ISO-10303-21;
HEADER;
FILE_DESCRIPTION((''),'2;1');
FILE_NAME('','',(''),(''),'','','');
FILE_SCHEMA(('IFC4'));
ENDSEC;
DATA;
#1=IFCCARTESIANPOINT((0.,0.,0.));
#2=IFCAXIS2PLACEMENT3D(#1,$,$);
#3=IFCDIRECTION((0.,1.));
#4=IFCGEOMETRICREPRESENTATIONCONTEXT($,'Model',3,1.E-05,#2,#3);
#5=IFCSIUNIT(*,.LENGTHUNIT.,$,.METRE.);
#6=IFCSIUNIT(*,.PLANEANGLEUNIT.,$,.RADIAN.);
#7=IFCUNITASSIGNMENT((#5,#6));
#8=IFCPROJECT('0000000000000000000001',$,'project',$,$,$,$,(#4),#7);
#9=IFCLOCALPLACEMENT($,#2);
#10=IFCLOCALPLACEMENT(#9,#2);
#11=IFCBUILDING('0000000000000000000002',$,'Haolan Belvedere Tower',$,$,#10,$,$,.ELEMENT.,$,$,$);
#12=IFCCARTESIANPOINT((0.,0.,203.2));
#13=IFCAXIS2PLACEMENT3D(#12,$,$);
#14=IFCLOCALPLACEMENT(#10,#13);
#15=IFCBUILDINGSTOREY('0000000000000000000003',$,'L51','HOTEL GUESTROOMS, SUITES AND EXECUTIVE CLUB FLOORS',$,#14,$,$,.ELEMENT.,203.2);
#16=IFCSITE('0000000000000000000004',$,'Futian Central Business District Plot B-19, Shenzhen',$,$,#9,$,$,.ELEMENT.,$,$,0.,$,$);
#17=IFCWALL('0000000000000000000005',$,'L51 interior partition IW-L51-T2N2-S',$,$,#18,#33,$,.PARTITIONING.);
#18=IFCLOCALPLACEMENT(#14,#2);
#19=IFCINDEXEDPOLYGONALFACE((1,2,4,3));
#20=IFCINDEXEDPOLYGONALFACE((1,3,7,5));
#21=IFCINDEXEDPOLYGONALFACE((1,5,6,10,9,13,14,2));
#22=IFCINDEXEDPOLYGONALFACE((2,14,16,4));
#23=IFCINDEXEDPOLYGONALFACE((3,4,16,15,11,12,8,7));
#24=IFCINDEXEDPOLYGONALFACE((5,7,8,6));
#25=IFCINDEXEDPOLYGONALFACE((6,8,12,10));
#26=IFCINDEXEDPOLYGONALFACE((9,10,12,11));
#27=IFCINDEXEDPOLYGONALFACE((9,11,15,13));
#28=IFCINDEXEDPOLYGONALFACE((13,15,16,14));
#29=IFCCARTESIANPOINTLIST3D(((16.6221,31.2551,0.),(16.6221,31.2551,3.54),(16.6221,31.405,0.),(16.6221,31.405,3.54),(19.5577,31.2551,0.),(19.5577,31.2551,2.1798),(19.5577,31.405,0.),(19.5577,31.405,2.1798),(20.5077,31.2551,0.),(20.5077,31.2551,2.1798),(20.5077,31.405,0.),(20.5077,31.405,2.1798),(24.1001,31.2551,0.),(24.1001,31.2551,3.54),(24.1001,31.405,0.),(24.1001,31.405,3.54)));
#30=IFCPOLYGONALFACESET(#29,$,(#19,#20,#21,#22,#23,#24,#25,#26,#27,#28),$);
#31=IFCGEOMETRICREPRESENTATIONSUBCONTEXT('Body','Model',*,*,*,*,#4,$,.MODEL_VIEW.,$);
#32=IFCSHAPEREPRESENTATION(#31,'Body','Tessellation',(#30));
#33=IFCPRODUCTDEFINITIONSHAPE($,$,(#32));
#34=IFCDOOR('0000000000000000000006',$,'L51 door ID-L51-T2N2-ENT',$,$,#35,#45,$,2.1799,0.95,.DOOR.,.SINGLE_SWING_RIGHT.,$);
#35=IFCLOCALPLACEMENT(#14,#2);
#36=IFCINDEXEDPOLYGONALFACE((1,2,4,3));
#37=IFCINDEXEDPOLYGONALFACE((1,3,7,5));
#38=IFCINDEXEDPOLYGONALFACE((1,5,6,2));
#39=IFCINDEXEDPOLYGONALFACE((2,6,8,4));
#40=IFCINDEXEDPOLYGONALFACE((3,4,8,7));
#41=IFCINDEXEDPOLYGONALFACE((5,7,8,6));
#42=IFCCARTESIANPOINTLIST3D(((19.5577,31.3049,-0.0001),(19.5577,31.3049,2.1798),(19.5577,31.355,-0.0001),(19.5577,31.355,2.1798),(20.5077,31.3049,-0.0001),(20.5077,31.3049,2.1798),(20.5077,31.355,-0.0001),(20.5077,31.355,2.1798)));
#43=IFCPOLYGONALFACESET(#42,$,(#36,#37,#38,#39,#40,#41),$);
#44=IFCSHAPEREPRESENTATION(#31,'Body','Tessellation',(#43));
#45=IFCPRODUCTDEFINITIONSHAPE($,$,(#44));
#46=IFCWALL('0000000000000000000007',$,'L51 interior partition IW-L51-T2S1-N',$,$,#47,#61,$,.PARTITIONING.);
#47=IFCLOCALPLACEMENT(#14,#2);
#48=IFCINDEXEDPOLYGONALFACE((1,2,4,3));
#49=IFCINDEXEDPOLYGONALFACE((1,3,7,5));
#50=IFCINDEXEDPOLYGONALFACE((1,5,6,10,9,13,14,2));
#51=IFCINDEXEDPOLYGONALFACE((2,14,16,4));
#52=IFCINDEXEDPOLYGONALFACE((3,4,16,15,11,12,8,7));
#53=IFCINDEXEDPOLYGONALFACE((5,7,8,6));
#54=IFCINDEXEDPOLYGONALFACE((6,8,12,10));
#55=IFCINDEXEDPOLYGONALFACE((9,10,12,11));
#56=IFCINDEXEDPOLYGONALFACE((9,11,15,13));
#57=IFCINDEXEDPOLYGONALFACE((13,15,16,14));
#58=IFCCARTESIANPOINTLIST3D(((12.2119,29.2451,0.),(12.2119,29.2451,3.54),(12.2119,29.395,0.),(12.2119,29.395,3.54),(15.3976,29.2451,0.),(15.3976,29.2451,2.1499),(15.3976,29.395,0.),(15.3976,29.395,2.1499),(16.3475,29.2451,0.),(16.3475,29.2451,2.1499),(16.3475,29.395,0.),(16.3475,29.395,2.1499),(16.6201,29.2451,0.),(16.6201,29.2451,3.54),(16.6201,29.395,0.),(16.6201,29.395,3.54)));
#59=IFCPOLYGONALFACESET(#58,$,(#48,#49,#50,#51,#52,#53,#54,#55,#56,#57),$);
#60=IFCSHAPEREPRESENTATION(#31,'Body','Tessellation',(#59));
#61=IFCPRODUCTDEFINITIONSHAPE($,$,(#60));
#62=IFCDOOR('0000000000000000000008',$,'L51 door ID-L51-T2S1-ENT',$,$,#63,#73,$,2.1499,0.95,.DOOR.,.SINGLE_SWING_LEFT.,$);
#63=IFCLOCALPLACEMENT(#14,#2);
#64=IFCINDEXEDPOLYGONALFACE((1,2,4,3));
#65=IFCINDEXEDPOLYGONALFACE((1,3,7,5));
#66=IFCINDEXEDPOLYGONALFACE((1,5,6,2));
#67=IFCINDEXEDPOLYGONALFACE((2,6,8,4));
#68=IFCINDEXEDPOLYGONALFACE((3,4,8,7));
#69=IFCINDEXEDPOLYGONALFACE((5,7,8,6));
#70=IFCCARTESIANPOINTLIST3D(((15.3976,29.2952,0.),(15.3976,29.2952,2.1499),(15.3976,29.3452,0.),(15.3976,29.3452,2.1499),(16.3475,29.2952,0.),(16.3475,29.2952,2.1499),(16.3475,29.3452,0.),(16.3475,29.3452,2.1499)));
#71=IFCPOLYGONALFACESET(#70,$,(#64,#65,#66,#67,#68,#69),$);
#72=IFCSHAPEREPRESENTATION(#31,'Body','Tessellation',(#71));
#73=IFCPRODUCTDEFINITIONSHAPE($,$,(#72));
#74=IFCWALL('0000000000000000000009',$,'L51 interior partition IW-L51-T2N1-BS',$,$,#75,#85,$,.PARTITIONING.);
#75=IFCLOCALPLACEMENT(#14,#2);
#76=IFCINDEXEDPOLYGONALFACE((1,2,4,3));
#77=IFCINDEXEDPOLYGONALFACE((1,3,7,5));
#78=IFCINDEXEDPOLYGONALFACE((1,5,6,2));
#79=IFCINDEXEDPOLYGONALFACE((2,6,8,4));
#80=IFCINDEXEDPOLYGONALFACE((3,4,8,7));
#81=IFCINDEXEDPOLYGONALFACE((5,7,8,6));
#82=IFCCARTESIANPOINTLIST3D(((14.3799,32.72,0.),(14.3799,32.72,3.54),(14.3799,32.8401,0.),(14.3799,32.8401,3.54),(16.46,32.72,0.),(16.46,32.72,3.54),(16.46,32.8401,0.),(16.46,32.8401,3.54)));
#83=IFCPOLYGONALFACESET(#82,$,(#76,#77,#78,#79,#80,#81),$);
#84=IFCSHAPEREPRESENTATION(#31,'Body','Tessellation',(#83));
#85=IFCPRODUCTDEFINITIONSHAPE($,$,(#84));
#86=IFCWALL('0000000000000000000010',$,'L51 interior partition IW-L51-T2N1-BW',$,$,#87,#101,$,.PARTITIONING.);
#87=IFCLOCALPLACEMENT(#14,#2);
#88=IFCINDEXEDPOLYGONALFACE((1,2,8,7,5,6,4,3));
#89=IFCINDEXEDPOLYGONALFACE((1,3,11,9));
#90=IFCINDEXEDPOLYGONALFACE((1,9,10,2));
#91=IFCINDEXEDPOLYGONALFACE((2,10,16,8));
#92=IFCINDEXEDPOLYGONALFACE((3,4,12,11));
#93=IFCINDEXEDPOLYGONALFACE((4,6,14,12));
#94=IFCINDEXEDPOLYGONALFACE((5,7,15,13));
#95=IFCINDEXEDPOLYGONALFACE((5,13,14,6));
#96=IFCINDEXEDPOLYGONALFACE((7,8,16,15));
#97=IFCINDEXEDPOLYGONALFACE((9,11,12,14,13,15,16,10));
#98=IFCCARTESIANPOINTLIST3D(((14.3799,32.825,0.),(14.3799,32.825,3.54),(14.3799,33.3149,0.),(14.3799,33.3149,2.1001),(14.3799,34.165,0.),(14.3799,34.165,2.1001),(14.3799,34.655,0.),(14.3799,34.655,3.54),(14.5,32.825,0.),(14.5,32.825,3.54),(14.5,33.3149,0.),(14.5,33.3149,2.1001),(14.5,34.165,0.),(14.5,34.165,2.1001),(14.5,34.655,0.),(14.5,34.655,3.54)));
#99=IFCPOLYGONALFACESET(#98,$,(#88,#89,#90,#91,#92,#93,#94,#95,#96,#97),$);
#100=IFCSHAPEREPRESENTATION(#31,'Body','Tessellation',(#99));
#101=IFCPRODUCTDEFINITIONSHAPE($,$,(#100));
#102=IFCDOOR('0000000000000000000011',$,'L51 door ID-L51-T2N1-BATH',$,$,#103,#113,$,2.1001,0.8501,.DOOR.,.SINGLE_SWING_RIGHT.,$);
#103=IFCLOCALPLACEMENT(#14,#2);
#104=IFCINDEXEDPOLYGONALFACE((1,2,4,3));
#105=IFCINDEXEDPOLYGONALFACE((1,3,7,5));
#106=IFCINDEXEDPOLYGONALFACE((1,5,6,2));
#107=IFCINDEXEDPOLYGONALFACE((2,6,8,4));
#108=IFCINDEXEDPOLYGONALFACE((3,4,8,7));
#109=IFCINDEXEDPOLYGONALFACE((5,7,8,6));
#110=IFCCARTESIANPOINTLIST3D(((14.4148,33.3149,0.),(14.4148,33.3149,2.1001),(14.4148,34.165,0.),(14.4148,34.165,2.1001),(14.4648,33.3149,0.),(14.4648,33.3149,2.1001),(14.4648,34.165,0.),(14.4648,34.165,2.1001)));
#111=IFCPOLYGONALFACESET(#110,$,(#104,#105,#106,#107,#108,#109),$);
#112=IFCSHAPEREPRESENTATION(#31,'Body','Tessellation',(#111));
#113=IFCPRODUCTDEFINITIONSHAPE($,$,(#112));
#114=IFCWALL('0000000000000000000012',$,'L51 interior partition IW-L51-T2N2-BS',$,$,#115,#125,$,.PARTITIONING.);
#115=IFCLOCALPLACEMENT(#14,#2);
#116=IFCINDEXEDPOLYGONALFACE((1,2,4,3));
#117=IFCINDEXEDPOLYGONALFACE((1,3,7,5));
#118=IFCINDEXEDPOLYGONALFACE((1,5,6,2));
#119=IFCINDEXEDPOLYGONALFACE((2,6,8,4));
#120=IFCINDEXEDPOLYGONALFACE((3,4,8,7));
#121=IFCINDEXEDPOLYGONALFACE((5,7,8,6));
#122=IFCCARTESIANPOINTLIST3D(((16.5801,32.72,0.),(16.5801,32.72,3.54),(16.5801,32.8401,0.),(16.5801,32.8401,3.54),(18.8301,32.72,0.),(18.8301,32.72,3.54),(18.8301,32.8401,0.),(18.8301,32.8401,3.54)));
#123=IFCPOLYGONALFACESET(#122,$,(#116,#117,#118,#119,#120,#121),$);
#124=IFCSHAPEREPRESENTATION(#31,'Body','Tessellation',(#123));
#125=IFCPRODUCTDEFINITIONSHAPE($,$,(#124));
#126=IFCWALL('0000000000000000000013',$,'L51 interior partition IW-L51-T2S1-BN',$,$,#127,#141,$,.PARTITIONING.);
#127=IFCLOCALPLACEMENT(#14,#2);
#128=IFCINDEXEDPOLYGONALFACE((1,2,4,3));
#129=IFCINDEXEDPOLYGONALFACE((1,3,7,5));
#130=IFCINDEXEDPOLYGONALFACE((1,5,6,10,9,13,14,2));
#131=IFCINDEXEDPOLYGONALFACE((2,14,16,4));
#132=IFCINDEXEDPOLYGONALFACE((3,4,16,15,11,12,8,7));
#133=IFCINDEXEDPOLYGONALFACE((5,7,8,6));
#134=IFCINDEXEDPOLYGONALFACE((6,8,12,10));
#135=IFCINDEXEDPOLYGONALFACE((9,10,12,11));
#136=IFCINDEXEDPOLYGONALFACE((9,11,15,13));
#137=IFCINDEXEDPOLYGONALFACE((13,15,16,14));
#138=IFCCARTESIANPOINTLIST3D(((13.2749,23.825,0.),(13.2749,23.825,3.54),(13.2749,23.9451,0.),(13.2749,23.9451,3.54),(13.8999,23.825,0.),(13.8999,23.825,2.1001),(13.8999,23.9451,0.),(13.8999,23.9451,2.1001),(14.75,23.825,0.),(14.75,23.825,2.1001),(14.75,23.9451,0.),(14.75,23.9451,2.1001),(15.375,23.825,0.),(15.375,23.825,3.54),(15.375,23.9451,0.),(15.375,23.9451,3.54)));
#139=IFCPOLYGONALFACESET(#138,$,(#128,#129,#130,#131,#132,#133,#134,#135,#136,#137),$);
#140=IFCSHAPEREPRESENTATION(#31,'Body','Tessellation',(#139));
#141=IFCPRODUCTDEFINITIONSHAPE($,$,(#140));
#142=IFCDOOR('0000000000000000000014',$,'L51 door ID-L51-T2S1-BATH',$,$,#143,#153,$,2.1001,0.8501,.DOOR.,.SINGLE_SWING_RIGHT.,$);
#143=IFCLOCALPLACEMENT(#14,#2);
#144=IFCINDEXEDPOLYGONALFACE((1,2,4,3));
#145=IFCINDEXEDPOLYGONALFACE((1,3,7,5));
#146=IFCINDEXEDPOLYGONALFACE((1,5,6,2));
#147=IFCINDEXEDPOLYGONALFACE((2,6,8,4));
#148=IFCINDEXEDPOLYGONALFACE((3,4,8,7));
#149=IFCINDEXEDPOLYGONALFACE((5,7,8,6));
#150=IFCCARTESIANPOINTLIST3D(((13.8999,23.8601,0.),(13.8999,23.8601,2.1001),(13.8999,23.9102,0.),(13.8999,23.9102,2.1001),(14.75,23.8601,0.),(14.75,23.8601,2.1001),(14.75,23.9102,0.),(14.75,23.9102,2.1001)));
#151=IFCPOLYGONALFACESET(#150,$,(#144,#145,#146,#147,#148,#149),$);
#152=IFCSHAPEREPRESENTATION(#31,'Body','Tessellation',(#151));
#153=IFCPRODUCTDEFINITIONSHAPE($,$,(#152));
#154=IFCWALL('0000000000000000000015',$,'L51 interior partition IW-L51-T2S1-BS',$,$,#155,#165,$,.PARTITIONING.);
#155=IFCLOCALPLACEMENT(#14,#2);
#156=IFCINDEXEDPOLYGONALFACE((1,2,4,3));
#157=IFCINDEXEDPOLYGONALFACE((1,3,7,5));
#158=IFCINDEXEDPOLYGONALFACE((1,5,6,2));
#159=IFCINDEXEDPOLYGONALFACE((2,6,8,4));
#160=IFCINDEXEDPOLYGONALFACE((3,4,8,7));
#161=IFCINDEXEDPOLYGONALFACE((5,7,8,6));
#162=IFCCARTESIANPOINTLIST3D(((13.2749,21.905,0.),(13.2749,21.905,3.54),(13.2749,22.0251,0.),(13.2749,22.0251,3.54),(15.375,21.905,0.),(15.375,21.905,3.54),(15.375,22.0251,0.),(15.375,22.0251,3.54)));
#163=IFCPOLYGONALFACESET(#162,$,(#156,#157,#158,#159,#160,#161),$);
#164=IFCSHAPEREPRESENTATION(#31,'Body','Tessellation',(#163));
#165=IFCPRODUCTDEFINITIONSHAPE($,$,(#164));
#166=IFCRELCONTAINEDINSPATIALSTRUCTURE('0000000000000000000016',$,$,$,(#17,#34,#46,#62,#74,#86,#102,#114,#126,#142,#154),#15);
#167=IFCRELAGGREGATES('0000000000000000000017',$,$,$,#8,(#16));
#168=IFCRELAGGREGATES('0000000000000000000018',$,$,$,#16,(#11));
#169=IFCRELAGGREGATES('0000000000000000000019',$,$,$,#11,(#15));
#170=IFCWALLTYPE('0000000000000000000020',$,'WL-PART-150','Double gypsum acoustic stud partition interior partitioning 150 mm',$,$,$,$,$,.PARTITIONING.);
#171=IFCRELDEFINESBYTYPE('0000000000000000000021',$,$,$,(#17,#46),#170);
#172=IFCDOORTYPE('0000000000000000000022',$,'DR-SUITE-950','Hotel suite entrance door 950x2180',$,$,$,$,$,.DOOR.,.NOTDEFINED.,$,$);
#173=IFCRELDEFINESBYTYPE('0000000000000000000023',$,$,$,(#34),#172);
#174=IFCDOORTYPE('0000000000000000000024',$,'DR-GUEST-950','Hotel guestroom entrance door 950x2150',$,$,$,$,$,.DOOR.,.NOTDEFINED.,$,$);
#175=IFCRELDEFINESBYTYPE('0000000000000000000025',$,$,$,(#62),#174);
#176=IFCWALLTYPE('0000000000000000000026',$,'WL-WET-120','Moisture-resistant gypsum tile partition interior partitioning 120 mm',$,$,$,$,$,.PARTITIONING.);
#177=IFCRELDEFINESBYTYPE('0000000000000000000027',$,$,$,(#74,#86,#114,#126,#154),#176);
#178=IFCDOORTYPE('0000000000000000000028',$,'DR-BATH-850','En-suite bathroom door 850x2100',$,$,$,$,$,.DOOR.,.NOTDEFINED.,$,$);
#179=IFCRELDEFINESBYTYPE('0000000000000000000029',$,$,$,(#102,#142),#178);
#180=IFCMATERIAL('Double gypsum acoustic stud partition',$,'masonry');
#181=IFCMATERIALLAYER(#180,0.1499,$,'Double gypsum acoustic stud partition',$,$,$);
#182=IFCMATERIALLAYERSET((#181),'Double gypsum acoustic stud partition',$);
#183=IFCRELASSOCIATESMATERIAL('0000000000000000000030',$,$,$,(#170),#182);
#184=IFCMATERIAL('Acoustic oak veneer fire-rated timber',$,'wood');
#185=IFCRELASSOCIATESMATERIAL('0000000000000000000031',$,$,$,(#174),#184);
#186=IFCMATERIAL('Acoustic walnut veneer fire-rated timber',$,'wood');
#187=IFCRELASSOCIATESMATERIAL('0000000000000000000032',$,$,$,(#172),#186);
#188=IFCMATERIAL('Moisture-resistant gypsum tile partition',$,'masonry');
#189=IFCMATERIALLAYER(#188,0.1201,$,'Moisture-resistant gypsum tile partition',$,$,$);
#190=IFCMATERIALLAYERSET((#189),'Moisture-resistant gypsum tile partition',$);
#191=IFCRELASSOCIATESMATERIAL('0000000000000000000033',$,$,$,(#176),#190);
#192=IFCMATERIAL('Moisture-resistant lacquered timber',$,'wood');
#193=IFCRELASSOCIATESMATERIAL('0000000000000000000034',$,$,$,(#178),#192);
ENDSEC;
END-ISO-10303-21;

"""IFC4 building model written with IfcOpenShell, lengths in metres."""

from ifc_helpers import new_model, si_unit, direction, frame, frame_2d, origin, place, context, subcontext, project, spatial, rectangle, extrude, material, layer, layer_set, type_object, element, fill, save


model = new_model("IFC4")

# Units and contexts
model_context = context("Model", 3, precision=1e-05, world=origin(), true_north=direction((0.0, 1.0)))
body_context = subcontext(model_context, "Body", "Model", "MODEL_VIEW")
ifc_project = project(units=[si_unit("LENGTHUNIT", "METRE"), si_unit("PLANEANGLEUNIT", "RADIAN")], contexts=[model_context])

# Site, building, storey
site_placement = place(None, origin())
site = spatial("IfcSite", under=ifc_project, at=site_placement, Name="Futian Central Business District Plot B-19, Shenzhen", CompositionType="ELEMENT", RefElevation=0.0)
building_placement = place(site_placement, origin())
building = spatial("IfcBuilding", under=site, at=building_placement, Name="Haolan Belvedere Tower", CompositionType="ELEMENT")
storey_placement = place(building_placement, frame((0.0, 0.0, 203.2)))
storey = spatial("IfcBuildingStorey", under=building, at=storey_placement, Name="L51", Description="HOTEL GUESTROOMS, SUITES AND EXECUTIVE CLUB FLOORS", CompositionType="ELEMENT", Elevation=203.2)

# Shared definitions
ifc_material_1 = material(Name="Double gypsum acoustic stud partition", Category="masonry")
ifc_layer_1 = layer(ifc_material_1, 0.1499, Name="Double gypsum acoustic stud partition")
ifc_layer_set_1 = layer_set([ifc_layer_1], Name="Double gypsum acoustic stud partition")
wall_type_1 = type_object("IfcWallType", Name="WL-PART-150", Description="Double gypsum acoustic stud partition interior partitioning 150 mm", PredefinedType="PARTITIONING", material=ifc_layer_set_1)
ifc_material_2 = material(Name="Acoustic oak veneer fire-rated timber", Category="wood")
door_type_1 = type_object("IfcDoorType", Name="DR-GUEST-950", Description="Hotel guestroom entrance door 950x2150", OperationType="NOTDEFINED", PredefinedType="DOOR", material=ifc_material_2)

# Walls, openings, doors
wall_1_placement = place(storey_placement, frame((16.6221, 31.3301, 0.0), z_axis=(0.0, 0.0, 1.0), x_axis=(1.0, 0.0, 0.0)))
wall_1 = element("IfcWall", 1, at=wall_1_placement, inside=storey, type_object=wall_type_1, Name="L51 interior partition IW-L51-T2N2-S", PredefinedType="PARTITIONING", context=body_context, shape_type="SweptSolid", body=[
    extrude(rectangle(XDim=7.478, YDim=0.1499, at=frame_2d((3.739, 0.0))), origin(), (0.0, 0.0, 1.0), 3.54),
])
opening_1_placement = place(wall_1_placement, frame((2.9355, 0.0, 0.0)))
opening_1 = element("IfcOpeningElement", 2, at=opening_1_placement, cuts=wall_1, PredefinedType="OPENING", context=body_context, shape_type="SweptSolid", body=[
    extrude(rectangle(XDim=0.95, YDim=2.1799, at=frame_2d((0.4751, 1.0898))), frame((0.0, 0.085, 0.0), z_axis=(0.0, -1.0, 0.0), x_axis=(1.0, 0.0, 0.0)), (0.0, 0.0, 1.0), 0.1699),
])
ifc_material_3 = material(Name="Acoustic walnut veneer fire-rated timber", Category="wood")
door_type_2 = type_object("IfcDoorType", Name="DR-SUITE-950", Description="Hotel suite entrance door 950x2180", OperationType="NOTDEFINED", PredefinedType="DOOR", material=ifc_material_3)
door_1_placement = place(opening_1_placement, origin())
door_1 = element("IfcDoor", 3, at=door_1_placement, inside=storey, type_object=door_type_2, Name="L51 door ID-L51-T2N2-ENT", OperationType="SINGLE_SWING_RIGHT", OverallHeight=2.1799, OverallWidth=0.95, PredefinedType="DOOR", context=body_context, shape_type="SweptSolid", body=[
    extrude(rectangle(XDim=0.95, YDim=2.1799, at=frame_2d((0.4751, 1.0898))), frame((0.0, 0.0249, 0.0), z_axis=(0.0, -1.0, 0.0), x_axis=(1.0, 0.0, 0.0)), (0.0, 0.0, 1.0), 0.05),
])
fill(opening_1, door_1)
wall_2_placement = place(storey_placement, frame((12.2119, 29.3201, 0.0), z_axis=(0.0, 0.0, 1.0), x_axis=(1.0, 0.0, 0.0)))
wall_2 = element("IfcWall", 4, at=wall_2_placement, inside=storey, type_object=wall_type_1, Name="L51 interior partition IW-L51-T2S1-N", PredefinedType="PARTITIONING", context=body_context, shape_type="SweptSolid", body=[
    extrude(rectangle(XDim=4.4082, YDim=0.1499, at=frame_2d((2.2041, 0.0))), origin(), (0.0, 0.0, 1.0), 3.54),
])
opening_2_placement = place(wall_2_placement, frame((4.1357, 0.0, 0.0), z_axis=(0.0, 0.0, 1.0), x_axis=(-1.0, 0.0, 0.0)))
opening_2 = element("IfcOpeningElement", 5, at=opening_2_placement, cuts=wall_2, PredefinedType="OPENING", context=body_context, shape_type="SweptSolid", body=[
    extrude(rectangle(XDim=0.95, YDim=2.1499, at=frame_2d((0.4751, 1.075))), frame((0.0, 0.085, 0.0), z_axis=(0.0, -1.0, 0.0), x_axis=(1.0, 0.0, 0.0)), (0.0, 0.0, 1.0), 0.1699),
])
door_2_placement = place(opening_2_placement, origin())
door_2 = element("IfcDoor", 6, at=door_2_placement, inside=storey, type_object=door_type_1, Name="L51 door ID-L51-T2S1-ENT", OperationType="SINGLE_SWING_LEFT", OverallHeight=2.1499, OverallWidth=0.95, PredefinedType="DOOR", context=body_context, shape_type="SweptSolid", body=[
    extrude(rectangle(XDim=0.95, YDim=2.1499, at=frame_2d((0.4751, 1.075))), frame((0.0, 0.0249, 0.0), z_axis=(0.0, -1.0, 0.0), x_axis=(1.0, 0.0, 0.0)), (0.0, 0.0, 1.0), 0.05),
])
fill(opening_2, door_2)

# Wall
ifc_material_4 = material(Name="Moisture-resistant gypsum tile partition", Category="masonry")
ifc_layer_2 = layer(ifc_material_4, 0.1201, Name="Moisture-resistant gypsum tile partition")
ifc_layer_set_2 = layer_set([ifc_layer_2], Name="Moisture-resistant gypsum tile partition")
wall_type_2 = type_object("IfcWallType", Name="WL-WET-120", Description="Moisture-resistant gypsum tile partition interior partitioning 120 mm", PredefinedType="PARTITIONING", material=ifc_layer_set_2)
wall_3_placement = place(storey_placement, frame((14.3799, 32.78, 0.0), z_axis=(0.0, 0.0, 1.0), x_axis=(1.0, 0.0, 0.0)))
element("IfcWall", 7, at=wall_3_placement, inside=storey, type_object=wall_type_2, Name="L51 interior partition IW-L51-T2N1-BS", PredefinedType="PARTITIONING", context=body_context, shape_type="SweptSolid", body=[
    extrude(rectangle(XDim=2.0801, YDim=0.1201, at=frame_2d((1.04, 0.0))), origin(), (0.0, 0.0, 1.0), 3.54),
])

# Wall, opening, door
wall_4_placement = place(storey_placement, frame((14.4399, 32.825, 0.0), z_axis=(0.0, 0.0, 1.0), x_axis=(0.0, 1.0, 0.0)))
wall_4 = element("IfcWall", 8, at=wall_4_placement, inside=storey, type_object=wall_type_2, Name="L51 interior partition IW-L51-T2N1-BW", PredefinedType="PARTITIONING", context=body_context, shape_type="SweptSolid", body=[
    extrude(rectangle(XDim=1.8301, YDim=0.1201, at=frame_2d((0.915, 0.0))), origin(), (0.0, 0.0, 1.0), 3.54),
])
opening_3_placement = place(wall_4_placement, frame((1.3401, 0.0, 0.0), z_axis=(0.0, 0.0, 1.0), x_axis=(-1.0, 0.0, 0.0)))
opening_3 = element("IfcOpeningElement", 9, at=opening_3_placement, cuts=wall_4, PredefinedType="OPENING", context=body_context, shape_type="SweptSolid", body=[
    extrude(rectangle(XDim=0.8501, YDim=2.1001, at=frame_2d((0.425, 1.05))), frame((0.0, 0.0701, 0.0), z_axis=(0.0, -1.0, 0.0), x_axis=(1.0, 0.0, 0.0)), (0.0, 0.0, 1.0), 0.1401),
])
ifc_material_5 = material(Name="Moisture-resistant lacquered timber", Category="wood")
door_type_3 = type_object("IfcDoorType", Name="DR-BATH-850", Description="En-suite bathroom door 850x2100", OperationType="NOTDEFINED", PredefinedType="DOOR", material=ifc_material_5)
door_3_placement = place(opening_3_placement, origin())
door_3 = element("IfcDoor", 10, at=door_3_placement, inside=storey, type_object=door_type_3, Name="L51 door ID-L51-T2N1-BATH", OperationType="SINGLE_SWING_RIGHT", OverallHeight=2.1001, OverallWidth=0.8501, PredefinedType="DOOR", context=body_context, shape_type="SweptSolid", body=[
    extrude(rectangle(XDim=0.8501, YDim=2.1001, at=frame_2d((0.425, 1.05))), frame((0.0, 0.0249, 0.0), z_axis=(0.0, -1.0, 0.0), x_axis=(1.0, 0.0, 0.0)), (0.0, 0.0, 1.0), 0.05),
])
fill(opening_3, door_3)

# Wall
wall_5_placement = place(storey_placement, frame((16.5801, 32.78, 0.0), z_axis=(0.0, 0.0, 1.0), x_axis=(1.0, 0.0, 0.0)))
element("IfcWall", 11, at=wall_5_placement, inside=storey, type_object=wall_type_2, Name="L51 interior partition IW-L51-T2N2-BS", PredefinedType="PARTITIONING", context=body_context, shape_type="SweptSolid", body=[
    extrude(rectangle(XDim=2.25, YDim=0.1201, at=frame_2d((1.125, 0.0))), origin(), (0.0, 0.0, 1.0), 3.54),
])

# Wall, opening, door
wall_6_placement = place(storey_placement, frame((13.2749, 23.885, 0.0), z_axis=(0.0, 0.0, 1.0), x_axis=(1.0, 0.0, 0.0)))
wall_6 = element("IfcWall", 12, at=wall_6_placement, inside=storey, type_object=wall_type_2, Name="L51 interior partition IW-L51-T2S1-BN", PredefinedType="PARTITIONING", context=body_context, shape_type="SweptSolid", body=[
    extrude(rectangle(XDim=2.1001, YDim=0.1201, at=frame_2d((1.05, 0.0))), origin(), (0.0, 0.0, 1.0), 3.54),
])
opening_4_placement = place(wall_6_placement, frame((1.4751, 0.0, 0.0), z_axis=(0.0, 0.0, 1.0), x_axis=(-1.0, 0.0, 0.0)))
opening_4 = element("IfcOpeningElement", 13, at=opening_4_placement, cuts=wall_6, PredefinedType="OPENING", context=body_context, shape_type="SweptSolid", body=[
    extrude(rectangle(XDim=0.8501, YDim=2.1001, at=frame_2d((0.425, 1.05))), frame((0.0, 0.0701, 0.0), z_axis=(0.0, -1.0, 0.0), x_axis=(1.0, 0.0, 0.0)), (0.0, 0.0, 1.0), 0.1401),
])
door_4_placement = place(opening_4_placement, origin())
door_4 = element("IfcDoor", 14, at=door_4_placement, inside=storey, type_object=door_type_3, Name="L51 door ID-L51-T2S1-BATH", OperationType="SINGLE_SWING_RIGHT", OverallHeight=2.1001, OverallWidth=0.8501, PredefinedType="DOOR", context=body_context, shape_type="SweptSolid", body=[
    extrude(rectangle(XDim=0.8501, YDim=2.1001, at=frame_2d((0.425, 1.05))), frame((0.0, 0.0249, 0.0), z_axis=(0.0, -1.0, 0.0), x_axis=(1.0, 0.0, 0.0)), (0.0, 0.0, 1.0), 0.05),
])
fill(opening_4, door_4)

# Wall
wall_7_placement = place(storey_placement, frame((13.2749, 21.9651, 0.0), z_axis=(0.0, 0.0, 1.0), x_axis=(1.0, 0.0, 0.0)))
element("IfcWall", 15, at=wall_7_placement, inside=storey, type_object=wall_type_2, Name="L51 interior partition IW-L51-T2S1-BS", PredefinedType="PARTITIONING", context=body_context, shape_type="SweptSolid", body=[
    extrude(rectangle(XDim=2.1001, YDim=0.1201, at=frame_2d((1.05, 0.0))), origin(), (0.0, 0.0, 1.0), 3.54),
])

save(model, "model.ifc")
